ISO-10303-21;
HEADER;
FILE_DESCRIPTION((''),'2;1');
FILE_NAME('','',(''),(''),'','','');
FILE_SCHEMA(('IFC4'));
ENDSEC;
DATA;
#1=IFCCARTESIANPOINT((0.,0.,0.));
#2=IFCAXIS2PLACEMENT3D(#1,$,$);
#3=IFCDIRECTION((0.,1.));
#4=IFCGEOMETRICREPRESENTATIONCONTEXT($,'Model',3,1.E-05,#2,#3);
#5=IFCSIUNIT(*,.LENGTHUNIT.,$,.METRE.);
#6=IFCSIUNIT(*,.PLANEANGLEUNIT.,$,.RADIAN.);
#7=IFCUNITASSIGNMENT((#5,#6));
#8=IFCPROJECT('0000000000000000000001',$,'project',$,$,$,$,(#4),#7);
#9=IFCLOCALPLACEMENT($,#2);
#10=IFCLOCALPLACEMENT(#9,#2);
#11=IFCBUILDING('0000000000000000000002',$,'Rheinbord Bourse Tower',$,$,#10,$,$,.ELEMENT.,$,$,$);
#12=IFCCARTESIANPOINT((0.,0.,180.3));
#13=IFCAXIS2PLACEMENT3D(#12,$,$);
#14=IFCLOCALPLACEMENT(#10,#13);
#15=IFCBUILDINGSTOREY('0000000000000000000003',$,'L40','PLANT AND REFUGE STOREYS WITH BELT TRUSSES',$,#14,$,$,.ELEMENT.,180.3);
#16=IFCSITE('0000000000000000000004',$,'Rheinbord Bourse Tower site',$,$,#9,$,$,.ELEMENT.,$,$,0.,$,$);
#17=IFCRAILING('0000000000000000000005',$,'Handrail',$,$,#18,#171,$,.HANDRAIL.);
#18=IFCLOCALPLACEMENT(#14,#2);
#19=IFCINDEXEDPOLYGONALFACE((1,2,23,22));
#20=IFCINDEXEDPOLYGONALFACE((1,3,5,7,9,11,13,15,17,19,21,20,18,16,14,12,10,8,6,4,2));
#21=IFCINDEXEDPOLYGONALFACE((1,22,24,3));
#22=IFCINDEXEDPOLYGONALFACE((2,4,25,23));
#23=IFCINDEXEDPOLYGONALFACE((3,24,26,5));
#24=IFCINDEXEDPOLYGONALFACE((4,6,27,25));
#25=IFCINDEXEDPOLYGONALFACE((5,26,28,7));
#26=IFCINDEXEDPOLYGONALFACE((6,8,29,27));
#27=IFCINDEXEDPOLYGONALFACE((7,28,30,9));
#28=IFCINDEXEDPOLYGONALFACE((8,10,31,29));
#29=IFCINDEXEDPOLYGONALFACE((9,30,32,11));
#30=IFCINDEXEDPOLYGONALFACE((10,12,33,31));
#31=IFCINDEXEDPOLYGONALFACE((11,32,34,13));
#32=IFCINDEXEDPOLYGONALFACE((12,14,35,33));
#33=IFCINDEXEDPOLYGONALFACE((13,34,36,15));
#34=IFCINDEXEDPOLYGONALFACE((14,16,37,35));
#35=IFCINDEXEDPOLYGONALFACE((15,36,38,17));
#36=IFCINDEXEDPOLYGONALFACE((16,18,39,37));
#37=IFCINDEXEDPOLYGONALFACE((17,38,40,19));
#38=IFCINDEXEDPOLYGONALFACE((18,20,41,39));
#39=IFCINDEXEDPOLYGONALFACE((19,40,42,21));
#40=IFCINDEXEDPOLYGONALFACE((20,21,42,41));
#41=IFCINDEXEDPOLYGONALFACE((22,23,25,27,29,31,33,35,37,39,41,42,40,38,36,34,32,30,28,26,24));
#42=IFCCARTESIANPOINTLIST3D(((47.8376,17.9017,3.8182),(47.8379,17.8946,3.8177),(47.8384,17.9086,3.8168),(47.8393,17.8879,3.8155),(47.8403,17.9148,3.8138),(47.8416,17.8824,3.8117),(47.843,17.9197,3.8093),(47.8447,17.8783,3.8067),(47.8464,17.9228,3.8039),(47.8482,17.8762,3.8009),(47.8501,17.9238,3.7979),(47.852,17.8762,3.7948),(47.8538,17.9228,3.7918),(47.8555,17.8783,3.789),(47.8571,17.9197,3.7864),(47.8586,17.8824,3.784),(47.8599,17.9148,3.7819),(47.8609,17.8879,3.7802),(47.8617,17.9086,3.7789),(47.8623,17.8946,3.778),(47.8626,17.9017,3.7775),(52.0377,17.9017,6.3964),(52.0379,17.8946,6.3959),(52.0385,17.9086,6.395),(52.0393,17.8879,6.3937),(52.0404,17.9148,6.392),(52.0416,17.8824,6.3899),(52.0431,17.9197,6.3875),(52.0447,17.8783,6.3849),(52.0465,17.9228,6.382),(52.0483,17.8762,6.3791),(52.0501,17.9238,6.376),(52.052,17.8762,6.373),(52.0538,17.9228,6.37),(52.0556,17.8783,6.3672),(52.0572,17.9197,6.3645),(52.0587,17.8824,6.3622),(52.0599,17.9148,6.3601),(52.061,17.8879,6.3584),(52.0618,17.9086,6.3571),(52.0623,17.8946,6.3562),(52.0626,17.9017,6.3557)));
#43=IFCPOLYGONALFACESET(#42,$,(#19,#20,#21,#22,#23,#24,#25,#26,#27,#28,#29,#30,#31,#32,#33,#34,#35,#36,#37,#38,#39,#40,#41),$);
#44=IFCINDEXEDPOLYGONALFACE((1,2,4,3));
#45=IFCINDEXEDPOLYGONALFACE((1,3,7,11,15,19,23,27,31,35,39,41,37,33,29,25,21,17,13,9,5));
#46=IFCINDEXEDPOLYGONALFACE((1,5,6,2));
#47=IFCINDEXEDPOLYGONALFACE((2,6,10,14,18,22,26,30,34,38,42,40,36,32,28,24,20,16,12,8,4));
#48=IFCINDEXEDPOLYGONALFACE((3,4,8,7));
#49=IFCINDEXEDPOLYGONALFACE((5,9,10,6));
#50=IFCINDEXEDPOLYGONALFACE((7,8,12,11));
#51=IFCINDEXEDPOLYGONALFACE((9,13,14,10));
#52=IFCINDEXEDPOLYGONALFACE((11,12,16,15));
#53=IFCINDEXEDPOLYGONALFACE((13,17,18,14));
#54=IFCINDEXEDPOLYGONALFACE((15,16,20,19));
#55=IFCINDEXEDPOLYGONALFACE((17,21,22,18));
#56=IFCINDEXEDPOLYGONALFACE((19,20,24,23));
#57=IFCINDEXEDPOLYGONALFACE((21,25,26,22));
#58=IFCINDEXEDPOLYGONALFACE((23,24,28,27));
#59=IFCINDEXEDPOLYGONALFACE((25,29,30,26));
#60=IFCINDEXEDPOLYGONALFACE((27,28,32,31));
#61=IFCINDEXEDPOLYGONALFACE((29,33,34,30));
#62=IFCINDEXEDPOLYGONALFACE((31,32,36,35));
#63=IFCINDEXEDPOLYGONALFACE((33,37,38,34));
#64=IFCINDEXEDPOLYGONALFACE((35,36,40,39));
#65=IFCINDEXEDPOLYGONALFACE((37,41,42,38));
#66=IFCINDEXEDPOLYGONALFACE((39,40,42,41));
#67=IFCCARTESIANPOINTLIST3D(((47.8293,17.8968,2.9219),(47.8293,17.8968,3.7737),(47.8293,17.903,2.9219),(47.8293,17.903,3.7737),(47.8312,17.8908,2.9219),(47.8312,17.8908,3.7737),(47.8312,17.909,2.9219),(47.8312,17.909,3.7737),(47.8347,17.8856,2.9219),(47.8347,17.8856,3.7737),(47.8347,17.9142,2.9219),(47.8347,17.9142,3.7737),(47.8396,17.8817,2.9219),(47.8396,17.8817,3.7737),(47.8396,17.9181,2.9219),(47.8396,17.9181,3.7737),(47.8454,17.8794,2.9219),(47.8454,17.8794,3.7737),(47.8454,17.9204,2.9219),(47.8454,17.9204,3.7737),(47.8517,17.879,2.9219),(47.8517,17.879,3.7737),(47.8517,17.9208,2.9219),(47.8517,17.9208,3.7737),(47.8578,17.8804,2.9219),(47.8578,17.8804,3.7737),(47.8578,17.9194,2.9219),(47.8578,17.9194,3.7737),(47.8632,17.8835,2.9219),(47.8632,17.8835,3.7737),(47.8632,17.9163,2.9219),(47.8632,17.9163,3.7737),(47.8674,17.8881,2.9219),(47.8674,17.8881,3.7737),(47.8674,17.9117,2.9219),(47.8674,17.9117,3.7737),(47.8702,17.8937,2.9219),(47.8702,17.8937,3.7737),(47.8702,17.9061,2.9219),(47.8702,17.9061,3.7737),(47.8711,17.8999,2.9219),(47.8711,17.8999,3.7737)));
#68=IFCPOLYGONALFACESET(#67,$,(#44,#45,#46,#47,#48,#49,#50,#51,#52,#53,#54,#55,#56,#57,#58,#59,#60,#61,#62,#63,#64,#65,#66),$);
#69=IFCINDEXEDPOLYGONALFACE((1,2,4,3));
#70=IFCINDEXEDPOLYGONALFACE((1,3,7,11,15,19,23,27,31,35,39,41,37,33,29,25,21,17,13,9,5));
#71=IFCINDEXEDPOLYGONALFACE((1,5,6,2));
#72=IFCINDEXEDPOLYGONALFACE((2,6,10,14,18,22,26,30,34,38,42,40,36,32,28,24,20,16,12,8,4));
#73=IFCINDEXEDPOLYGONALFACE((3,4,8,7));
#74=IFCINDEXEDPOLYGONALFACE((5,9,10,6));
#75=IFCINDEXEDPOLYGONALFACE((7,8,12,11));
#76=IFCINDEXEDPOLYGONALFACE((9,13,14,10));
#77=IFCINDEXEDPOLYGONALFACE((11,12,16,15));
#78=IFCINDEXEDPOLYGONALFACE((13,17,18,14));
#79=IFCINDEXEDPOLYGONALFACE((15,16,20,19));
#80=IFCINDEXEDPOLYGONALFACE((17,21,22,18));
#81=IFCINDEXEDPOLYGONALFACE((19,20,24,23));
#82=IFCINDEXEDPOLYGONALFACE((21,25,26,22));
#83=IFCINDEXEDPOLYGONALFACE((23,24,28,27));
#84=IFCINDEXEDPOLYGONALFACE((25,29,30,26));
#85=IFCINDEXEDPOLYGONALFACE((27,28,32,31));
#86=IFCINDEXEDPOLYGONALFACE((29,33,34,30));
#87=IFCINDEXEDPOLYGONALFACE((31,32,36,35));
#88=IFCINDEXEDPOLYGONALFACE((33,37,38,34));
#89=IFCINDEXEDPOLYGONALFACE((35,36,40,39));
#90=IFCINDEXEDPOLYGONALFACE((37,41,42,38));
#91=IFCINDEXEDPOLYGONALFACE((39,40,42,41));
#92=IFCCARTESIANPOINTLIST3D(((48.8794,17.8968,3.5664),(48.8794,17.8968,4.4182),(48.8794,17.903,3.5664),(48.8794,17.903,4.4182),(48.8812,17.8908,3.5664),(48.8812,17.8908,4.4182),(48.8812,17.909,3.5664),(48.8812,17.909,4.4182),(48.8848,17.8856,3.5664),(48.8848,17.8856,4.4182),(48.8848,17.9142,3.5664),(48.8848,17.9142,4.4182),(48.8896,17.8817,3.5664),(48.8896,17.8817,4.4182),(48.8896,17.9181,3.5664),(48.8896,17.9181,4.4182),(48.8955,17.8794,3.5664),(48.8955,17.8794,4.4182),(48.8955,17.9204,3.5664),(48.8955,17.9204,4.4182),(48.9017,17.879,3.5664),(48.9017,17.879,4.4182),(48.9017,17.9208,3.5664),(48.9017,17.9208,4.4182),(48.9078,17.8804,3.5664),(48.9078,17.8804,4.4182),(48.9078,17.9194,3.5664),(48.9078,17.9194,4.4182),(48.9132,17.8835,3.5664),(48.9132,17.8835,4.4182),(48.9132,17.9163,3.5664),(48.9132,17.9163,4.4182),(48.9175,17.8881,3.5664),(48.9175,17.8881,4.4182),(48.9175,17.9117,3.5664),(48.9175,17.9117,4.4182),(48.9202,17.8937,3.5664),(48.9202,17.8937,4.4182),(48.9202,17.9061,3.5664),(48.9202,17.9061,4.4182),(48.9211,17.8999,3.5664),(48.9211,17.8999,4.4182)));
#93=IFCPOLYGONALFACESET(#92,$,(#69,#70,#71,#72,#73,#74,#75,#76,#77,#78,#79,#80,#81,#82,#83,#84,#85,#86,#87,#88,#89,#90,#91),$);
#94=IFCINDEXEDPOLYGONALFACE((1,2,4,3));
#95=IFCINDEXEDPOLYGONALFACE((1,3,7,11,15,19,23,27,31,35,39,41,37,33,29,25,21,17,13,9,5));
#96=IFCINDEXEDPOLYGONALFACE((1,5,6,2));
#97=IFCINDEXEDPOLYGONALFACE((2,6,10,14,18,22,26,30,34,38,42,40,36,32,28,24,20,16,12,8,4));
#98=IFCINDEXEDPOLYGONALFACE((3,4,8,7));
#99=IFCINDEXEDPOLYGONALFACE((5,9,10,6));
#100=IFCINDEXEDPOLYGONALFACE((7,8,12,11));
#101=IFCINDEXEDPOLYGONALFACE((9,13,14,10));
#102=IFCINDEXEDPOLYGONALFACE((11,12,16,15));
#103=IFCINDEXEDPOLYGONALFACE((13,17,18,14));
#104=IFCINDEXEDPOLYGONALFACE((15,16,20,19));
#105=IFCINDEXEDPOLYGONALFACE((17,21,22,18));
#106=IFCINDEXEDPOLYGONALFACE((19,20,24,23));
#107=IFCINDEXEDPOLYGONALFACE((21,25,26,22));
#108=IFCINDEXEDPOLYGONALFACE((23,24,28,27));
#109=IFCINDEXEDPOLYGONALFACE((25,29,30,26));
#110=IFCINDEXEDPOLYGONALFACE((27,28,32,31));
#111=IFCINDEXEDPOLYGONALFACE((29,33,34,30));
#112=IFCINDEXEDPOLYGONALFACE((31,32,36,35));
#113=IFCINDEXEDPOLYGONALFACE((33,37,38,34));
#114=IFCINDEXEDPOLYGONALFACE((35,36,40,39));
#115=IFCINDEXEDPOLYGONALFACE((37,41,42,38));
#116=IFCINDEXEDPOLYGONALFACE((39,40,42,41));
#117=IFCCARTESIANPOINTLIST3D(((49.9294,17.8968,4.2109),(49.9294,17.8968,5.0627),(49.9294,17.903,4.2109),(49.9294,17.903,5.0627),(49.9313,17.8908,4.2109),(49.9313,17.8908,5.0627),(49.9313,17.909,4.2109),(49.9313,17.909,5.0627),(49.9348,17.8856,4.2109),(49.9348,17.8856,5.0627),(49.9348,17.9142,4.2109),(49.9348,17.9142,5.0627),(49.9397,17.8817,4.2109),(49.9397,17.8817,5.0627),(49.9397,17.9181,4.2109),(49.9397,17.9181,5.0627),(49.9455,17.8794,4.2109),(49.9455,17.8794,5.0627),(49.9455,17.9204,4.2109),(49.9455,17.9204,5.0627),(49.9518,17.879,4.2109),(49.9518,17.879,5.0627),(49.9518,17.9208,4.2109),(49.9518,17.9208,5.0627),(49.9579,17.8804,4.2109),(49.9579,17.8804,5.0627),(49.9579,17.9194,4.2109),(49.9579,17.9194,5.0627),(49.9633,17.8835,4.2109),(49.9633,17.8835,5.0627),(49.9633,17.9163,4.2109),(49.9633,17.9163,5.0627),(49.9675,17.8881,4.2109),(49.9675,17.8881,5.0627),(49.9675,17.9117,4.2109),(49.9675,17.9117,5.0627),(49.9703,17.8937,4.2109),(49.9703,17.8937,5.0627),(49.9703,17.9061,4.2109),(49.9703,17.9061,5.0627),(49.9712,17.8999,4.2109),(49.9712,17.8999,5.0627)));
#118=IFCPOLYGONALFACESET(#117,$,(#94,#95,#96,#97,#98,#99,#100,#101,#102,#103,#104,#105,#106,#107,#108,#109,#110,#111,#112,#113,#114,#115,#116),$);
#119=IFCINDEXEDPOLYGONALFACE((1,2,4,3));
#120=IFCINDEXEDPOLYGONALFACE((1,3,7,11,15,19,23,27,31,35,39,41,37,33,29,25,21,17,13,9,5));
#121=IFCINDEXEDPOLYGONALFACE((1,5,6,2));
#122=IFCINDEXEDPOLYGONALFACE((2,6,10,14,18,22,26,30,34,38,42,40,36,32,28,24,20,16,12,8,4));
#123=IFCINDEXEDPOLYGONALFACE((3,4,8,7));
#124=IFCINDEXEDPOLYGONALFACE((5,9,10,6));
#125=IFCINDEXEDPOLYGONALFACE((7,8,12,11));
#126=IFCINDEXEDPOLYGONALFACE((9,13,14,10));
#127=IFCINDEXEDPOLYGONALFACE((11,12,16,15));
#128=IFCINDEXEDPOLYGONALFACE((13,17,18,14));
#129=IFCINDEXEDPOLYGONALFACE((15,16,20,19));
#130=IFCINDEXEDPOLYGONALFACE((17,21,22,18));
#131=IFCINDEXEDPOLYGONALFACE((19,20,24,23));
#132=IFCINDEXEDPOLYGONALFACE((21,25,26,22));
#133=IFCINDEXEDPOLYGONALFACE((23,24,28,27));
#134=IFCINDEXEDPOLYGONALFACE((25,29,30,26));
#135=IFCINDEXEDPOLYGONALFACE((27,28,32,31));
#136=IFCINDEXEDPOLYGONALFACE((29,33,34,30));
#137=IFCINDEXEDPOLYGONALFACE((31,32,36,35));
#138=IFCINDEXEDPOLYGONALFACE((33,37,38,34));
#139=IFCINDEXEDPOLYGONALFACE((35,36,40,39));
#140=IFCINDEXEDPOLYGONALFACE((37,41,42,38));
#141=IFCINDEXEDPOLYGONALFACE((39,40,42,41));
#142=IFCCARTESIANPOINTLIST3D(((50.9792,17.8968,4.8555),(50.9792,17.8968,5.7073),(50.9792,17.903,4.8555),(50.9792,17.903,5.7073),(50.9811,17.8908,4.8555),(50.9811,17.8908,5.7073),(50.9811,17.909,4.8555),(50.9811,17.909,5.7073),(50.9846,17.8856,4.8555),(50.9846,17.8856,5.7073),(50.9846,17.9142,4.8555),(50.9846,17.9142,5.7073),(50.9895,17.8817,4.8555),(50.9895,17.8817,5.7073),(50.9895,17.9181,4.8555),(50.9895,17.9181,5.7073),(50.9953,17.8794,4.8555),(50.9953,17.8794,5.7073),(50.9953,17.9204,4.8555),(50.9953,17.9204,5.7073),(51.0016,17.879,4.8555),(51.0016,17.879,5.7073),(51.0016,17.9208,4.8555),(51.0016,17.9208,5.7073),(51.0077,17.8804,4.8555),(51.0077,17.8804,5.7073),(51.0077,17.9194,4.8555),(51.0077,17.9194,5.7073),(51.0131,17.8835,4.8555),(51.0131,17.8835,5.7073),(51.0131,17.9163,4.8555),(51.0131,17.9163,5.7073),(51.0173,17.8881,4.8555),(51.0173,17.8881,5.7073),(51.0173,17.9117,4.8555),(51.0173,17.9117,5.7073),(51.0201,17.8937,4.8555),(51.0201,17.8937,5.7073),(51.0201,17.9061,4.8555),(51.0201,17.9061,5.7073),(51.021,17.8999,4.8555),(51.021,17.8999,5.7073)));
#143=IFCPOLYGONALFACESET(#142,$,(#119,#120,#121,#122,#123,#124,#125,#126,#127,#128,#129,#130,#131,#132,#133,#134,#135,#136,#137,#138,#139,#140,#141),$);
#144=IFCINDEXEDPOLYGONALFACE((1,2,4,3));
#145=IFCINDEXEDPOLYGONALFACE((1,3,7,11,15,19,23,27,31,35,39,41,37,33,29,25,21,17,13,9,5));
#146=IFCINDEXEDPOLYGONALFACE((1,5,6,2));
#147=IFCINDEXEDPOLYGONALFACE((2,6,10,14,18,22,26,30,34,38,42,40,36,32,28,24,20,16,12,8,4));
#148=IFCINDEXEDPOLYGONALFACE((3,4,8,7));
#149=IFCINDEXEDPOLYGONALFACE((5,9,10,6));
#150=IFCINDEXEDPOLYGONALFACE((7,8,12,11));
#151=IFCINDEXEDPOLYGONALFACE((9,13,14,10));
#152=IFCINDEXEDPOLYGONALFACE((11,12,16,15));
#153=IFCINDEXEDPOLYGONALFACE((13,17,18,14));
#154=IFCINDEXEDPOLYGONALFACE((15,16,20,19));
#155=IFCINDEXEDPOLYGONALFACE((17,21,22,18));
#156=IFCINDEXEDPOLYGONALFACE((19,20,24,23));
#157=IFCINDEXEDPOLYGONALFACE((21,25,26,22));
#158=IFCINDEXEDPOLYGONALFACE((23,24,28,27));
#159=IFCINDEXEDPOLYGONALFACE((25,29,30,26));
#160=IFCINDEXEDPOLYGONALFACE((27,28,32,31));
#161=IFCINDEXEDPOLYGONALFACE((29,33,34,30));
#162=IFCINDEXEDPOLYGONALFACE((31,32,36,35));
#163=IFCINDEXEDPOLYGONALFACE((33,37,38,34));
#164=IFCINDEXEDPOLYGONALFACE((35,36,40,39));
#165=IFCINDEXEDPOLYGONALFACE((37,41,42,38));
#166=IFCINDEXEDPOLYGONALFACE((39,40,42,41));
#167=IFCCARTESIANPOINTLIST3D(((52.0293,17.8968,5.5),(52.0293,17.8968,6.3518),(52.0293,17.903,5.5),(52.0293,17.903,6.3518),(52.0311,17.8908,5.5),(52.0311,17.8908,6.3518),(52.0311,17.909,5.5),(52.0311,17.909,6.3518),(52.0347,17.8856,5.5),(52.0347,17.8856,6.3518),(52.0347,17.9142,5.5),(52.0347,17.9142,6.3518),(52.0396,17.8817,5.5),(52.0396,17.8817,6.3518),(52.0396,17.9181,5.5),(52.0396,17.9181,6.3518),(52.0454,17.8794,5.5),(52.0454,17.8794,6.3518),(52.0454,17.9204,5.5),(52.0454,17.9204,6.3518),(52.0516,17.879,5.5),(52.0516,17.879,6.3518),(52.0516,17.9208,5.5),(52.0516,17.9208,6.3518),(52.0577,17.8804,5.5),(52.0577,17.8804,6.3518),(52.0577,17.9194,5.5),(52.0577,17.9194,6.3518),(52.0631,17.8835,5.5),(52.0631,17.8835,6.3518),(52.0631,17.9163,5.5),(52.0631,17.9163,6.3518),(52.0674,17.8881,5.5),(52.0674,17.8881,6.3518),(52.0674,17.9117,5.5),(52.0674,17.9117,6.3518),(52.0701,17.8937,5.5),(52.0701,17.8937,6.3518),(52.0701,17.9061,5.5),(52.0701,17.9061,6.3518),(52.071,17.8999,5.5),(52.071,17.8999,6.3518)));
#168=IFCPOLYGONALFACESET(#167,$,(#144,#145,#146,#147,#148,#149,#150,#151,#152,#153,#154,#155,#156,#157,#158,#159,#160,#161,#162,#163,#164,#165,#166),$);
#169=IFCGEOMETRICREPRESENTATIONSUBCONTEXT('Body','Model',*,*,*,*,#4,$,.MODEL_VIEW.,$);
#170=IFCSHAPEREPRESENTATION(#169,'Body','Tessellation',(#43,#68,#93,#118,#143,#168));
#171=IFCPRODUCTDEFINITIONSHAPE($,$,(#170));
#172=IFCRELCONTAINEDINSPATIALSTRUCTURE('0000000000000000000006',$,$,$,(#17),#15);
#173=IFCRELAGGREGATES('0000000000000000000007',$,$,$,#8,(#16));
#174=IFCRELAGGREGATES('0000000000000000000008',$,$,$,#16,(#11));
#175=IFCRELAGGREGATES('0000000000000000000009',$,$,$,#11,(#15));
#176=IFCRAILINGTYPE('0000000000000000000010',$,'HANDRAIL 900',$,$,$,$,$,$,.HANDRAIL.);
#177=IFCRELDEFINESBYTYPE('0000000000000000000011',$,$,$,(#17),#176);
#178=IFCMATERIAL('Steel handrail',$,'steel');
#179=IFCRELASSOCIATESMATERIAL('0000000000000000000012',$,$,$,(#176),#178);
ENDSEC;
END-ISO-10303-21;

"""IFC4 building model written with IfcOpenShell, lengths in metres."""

from ifc_helpers import new_model, si_unit, direction, frame, origin, origin_2d, place, context, subcontext, project, spatial, circle, extrude, material, type_object, element, save


model = new_model("IFC4")

# Units and contexts
model_context = context("Model", 3, precision=1e-05, world=origin(), true_north=direction((0.0, 1.0)))
body_context = subcontext(model_context, "Body", "Model", "MODEL_VIEW")
ifc_project = project(units=[si_unit("LENGTHUNIT", "METRE"), si_unit("PLANEANGLEUNIT", "RADIAN")], contexts=[model_context])

# Site, building, storey
site_placement = place(None, origin())
site = spatial("IfcSite", under=ifc_project, at=site_placement, Name="Rheinbord Bourse Tower site", CompositionType="ELEMENT", RefElevation=0.0)
building_placement = place(site_placement, origin())
building = spatial("IfcBuilding", under=site, at=building_placement, Name="Rheinbord Bourse Tower", CompositionType="ELEMENT")
storey_placement = place(building_placement, frame((0.0, 0.0, 180.3)))
storey = spatial("IfcBuildingStorey", under=building, at=storey_placement, Name="L40", Description="PLANT AND REFUGE STOREYS WITH BELT TRUSSES", CompositionType="ELEMENT", Elevation=180.3)

# Railing
ifc_material_1 = material(Name="Steel handrail", Category="steel")
railing_type = type_object("IfcRailingType", Name="HANDRAIL 900", PredefinedType="HANDRAIL", material=ifc_material_1)
railing_1_placement = place(storey_placement, frame((47.8501, 17.8999, 2.9219)))
element("IfcRailing", 1, at=railing_1_placement, inside=storey, type_object=railing_type, Name="Handrail", PredefinedType="HANDRAIL", context=body_context, shape_type="SweptSolid", body=[
    extrude(circle(Radius=0.0239, at=origin_2d()), frame((0.0, 0.0, 0.876), z_axis=(0.852243, 0.0, 0.523146), x_axis=(0.0, 1.0, 0.0)), (0.0, 0.0, 1.0), 4.9282),
    extrude(circle(Radius=0.021, at=origin_2d()), origin(), (0.0, 0.0, 1.0), 0.8518),
    extrude(circle(Radius=0.021, at=origin_2d()), frame((1.05, 0.0, 0.6445)), (0.0, 0.0, 1.0), 0.8518),
    extrude(circle(Radius=0.021, at=origin_2d()), frame((2.1001, 0.0, 1.2891)), (0.0, 0.0, 1.0), 0.8518),
    extrude(circle(Radius=0.021, at=origin_2d()), frame((3.1499, 0.0, 1.9336)), (0.0, 0.0, 1.0), 0.8518),
    extrude(circle(Radius=0.021, at=origin_2d()), frame((4.2, 0.0, 2.5781)), (0.0, 0.0, 1.0), 0.8518),
])

save(model, "model.ifc")
